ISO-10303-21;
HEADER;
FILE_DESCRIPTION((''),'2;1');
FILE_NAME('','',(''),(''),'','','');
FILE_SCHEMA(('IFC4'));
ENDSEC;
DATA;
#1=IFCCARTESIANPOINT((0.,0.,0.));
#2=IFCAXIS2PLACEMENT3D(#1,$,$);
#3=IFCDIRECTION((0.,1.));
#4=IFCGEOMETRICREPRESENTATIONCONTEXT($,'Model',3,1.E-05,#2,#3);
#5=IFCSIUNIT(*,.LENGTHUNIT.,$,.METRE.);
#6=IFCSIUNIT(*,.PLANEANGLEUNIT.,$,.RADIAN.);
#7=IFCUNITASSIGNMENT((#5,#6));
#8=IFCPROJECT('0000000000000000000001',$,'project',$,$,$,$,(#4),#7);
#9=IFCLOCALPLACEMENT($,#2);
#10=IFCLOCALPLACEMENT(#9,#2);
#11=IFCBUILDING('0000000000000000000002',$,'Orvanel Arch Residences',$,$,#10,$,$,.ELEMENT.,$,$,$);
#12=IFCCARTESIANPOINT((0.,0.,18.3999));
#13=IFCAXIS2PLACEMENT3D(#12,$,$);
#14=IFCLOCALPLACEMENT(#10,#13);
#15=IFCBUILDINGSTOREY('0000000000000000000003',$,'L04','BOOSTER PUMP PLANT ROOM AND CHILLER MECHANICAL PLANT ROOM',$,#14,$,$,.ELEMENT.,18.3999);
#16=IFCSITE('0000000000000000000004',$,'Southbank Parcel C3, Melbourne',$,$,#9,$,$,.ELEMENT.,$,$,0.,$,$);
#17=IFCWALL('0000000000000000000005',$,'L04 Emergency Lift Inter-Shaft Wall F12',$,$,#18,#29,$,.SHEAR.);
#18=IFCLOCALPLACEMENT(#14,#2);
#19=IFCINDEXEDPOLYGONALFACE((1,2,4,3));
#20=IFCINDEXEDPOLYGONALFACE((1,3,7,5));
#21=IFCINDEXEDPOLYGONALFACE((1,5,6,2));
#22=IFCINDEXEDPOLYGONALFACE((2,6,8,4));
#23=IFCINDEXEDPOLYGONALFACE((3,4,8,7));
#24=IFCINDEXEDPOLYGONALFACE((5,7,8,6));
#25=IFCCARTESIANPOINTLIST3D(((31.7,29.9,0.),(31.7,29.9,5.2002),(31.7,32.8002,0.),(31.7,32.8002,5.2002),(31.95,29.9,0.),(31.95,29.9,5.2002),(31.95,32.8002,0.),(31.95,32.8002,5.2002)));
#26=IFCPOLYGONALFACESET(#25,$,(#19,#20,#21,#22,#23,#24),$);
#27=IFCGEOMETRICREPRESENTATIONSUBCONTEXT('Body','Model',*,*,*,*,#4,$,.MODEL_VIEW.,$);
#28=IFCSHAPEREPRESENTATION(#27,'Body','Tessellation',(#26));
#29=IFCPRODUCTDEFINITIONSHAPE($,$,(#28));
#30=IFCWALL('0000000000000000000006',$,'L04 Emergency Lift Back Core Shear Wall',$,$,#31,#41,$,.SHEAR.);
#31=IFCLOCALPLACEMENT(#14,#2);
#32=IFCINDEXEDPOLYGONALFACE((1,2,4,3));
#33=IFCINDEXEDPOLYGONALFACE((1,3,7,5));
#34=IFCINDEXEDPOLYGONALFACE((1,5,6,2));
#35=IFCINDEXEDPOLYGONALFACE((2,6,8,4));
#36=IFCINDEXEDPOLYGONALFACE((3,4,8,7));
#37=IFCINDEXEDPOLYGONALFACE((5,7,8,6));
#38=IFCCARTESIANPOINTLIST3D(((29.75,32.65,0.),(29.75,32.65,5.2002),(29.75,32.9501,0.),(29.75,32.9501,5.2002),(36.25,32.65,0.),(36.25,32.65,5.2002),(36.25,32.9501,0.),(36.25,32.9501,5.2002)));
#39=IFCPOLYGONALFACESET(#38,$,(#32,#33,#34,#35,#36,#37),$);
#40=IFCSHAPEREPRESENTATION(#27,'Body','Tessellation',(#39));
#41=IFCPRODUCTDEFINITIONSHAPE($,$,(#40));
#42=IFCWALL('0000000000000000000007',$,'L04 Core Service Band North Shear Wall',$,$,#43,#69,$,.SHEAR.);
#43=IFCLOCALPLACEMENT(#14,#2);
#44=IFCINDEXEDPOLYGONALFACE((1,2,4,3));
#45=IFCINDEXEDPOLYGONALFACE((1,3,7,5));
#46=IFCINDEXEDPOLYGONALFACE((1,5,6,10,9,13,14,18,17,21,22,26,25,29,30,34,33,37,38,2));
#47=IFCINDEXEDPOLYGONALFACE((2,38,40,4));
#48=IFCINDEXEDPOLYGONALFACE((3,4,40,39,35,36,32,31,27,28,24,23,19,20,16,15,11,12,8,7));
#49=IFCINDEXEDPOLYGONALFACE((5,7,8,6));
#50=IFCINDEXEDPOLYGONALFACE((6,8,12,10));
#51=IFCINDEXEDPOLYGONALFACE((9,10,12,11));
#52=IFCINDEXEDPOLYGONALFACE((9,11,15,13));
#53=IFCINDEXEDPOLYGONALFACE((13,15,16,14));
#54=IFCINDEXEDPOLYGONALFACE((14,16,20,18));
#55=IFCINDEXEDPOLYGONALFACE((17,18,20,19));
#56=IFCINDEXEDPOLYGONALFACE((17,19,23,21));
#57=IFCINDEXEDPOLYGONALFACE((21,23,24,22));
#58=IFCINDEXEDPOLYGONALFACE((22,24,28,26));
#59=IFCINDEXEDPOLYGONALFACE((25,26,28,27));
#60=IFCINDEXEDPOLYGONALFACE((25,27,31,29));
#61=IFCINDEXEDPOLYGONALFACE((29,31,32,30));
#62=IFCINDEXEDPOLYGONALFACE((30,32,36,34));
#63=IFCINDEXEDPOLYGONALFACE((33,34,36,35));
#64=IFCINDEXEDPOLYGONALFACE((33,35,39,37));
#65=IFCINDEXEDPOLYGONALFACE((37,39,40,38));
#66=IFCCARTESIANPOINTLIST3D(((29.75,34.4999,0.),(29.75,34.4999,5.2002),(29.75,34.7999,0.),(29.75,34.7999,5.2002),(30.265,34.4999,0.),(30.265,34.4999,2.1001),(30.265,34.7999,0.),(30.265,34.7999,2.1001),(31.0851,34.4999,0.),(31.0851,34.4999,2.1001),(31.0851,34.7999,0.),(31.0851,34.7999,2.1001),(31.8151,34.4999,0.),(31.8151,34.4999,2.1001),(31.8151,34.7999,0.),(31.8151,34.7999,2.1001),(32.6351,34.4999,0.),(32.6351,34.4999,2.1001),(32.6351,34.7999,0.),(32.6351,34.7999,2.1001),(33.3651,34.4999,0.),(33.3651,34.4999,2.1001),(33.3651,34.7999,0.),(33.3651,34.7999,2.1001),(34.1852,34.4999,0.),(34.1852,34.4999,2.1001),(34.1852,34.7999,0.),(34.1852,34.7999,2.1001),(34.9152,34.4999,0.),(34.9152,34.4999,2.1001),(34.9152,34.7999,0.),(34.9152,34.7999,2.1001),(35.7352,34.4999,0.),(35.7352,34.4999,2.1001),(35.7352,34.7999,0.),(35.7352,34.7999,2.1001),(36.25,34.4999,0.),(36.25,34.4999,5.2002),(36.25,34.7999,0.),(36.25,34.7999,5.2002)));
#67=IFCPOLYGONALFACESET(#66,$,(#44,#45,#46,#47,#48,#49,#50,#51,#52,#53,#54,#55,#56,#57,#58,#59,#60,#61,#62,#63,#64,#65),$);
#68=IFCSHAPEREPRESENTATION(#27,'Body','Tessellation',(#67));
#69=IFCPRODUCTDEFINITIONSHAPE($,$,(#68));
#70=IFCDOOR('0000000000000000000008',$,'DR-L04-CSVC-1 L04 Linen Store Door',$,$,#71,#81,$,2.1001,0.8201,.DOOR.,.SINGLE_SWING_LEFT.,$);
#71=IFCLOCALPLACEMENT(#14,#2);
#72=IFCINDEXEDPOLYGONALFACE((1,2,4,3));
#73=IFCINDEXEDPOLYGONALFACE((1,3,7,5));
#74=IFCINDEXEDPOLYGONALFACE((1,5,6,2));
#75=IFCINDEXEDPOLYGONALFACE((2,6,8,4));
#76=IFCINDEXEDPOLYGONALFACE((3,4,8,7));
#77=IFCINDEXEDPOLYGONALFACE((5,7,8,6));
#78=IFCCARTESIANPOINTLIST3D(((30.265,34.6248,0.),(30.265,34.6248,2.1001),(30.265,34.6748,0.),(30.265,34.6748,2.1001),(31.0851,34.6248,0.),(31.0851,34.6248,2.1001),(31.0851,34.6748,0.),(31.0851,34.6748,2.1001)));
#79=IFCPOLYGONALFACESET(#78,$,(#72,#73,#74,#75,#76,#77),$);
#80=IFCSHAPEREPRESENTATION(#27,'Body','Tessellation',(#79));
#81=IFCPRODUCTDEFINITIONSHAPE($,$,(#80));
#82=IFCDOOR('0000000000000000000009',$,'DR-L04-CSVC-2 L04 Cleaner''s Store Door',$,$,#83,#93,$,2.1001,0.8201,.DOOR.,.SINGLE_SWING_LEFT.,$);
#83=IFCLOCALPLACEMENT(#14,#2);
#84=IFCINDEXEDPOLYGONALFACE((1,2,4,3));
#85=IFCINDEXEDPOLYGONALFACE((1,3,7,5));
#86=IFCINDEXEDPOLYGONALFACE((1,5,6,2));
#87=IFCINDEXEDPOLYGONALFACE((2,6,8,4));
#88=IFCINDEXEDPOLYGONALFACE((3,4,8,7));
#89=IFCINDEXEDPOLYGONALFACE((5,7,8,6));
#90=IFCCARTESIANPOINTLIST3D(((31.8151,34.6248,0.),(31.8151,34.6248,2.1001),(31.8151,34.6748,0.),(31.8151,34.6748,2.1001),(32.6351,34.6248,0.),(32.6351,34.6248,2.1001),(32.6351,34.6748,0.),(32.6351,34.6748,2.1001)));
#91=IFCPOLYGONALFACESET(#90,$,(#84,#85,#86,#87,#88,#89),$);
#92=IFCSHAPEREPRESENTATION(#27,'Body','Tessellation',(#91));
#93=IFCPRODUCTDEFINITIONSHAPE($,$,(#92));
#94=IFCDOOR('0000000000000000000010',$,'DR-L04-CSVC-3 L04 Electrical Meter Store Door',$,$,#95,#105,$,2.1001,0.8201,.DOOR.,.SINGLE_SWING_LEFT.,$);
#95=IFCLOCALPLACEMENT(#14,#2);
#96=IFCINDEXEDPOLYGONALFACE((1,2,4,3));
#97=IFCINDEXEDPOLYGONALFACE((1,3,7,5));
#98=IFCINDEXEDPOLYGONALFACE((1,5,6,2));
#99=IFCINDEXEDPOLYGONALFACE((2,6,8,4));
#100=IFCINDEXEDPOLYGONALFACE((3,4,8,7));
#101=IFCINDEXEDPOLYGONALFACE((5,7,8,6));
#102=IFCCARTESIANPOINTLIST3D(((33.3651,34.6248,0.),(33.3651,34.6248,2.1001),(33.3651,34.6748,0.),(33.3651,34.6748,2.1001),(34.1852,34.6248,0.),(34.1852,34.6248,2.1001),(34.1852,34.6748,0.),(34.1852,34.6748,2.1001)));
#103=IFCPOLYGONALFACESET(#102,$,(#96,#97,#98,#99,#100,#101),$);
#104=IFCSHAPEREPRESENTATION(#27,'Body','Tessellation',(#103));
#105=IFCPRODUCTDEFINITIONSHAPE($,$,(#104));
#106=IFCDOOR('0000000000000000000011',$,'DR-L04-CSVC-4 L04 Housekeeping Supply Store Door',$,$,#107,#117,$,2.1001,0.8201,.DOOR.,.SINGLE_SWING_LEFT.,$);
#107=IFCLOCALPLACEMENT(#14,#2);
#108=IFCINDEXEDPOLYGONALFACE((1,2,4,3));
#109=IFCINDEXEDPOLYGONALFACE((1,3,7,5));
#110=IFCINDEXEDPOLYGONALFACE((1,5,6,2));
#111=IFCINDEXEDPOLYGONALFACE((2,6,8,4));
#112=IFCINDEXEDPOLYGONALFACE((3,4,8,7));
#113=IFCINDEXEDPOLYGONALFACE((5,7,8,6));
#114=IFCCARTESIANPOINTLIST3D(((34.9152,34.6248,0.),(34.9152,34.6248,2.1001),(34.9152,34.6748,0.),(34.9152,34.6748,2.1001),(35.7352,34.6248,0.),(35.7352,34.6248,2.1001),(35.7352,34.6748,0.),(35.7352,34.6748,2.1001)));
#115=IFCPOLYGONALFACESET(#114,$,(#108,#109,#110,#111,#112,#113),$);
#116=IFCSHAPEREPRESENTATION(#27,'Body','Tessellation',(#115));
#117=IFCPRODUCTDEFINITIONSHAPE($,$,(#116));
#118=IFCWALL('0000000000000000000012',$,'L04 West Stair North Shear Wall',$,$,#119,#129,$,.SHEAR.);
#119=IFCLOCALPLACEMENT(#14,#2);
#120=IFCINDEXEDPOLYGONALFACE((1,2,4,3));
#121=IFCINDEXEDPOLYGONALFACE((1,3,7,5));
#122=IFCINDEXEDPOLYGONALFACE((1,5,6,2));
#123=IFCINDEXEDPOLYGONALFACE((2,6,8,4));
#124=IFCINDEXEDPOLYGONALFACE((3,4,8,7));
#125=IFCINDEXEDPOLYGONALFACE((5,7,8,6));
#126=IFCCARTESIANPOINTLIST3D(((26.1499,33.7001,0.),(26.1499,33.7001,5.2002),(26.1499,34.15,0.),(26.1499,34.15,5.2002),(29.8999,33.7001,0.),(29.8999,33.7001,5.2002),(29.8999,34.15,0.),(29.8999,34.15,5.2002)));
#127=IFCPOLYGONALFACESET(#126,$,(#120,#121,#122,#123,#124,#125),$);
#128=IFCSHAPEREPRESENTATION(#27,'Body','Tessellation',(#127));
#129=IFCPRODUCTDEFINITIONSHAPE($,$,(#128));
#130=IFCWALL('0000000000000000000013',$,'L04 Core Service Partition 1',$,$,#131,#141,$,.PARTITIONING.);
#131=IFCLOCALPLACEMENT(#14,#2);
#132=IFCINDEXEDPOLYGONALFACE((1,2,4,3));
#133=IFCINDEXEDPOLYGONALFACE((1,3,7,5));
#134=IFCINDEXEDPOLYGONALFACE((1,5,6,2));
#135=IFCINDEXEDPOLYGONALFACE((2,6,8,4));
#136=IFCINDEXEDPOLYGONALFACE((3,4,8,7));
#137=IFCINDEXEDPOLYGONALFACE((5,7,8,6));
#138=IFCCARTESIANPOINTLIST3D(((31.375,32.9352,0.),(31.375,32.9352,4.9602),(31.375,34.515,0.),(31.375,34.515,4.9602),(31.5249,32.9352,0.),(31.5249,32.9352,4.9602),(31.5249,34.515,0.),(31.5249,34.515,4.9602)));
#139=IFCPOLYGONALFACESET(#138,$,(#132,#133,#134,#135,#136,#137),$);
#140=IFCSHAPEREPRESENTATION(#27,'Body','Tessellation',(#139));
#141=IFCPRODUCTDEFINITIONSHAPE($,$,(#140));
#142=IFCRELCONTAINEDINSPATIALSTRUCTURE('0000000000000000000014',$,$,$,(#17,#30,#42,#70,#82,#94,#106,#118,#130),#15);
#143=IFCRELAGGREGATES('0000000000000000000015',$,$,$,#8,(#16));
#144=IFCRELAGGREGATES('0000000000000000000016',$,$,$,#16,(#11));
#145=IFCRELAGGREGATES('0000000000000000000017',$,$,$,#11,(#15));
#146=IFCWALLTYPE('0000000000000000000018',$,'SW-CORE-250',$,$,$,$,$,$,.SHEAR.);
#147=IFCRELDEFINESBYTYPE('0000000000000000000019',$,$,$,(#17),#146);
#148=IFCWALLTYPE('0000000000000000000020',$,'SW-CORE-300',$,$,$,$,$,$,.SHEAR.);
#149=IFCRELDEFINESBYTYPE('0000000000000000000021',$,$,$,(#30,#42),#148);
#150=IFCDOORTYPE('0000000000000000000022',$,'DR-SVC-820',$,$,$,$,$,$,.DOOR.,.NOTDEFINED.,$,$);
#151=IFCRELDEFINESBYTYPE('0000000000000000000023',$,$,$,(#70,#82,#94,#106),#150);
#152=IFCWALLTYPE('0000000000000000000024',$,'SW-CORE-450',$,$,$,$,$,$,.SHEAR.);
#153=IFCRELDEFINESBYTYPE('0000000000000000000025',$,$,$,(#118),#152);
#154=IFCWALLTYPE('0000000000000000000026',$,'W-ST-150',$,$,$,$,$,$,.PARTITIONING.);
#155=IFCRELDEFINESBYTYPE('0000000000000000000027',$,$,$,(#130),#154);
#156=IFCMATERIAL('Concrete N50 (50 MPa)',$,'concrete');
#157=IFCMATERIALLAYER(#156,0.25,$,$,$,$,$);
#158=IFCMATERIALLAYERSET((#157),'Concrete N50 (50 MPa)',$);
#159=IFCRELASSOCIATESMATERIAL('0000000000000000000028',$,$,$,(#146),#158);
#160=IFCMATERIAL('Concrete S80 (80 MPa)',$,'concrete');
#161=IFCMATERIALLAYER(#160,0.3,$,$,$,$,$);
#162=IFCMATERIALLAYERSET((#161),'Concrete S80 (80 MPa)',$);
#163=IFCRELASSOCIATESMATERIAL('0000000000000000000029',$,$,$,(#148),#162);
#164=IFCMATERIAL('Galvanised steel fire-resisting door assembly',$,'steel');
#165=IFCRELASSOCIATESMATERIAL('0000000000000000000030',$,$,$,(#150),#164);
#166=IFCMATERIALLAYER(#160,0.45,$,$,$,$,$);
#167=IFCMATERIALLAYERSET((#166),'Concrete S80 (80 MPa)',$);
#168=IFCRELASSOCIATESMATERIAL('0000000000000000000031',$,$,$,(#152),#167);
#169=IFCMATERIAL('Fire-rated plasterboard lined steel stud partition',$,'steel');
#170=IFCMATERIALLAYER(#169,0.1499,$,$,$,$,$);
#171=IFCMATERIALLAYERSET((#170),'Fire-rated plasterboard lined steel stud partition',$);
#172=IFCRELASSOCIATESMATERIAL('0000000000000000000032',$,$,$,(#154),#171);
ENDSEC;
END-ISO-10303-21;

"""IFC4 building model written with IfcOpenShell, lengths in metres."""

from ifc_helpers import new_model, si_unit, direction, frame, frame_2d, origin, place, context, subcontext, project, spatial, rectangle, extrude, material, layer, layer_set, type_object, element, fill, save


model = new_model("IFC4")

# Units and contexts
model_context = context("Model", 3, precision=1e-05, world=origin(), true_north=direction((0.0, 1.0)))
body_context = subcontext(model_context, "Body", "Model", "MODEL_VIEW")
ifc_project = project(units=[si_unit("LENGTHUNIT", "METRE"), si_unit("PLANEANGLEUNIT", "RADIAN")], contexts=[model_context])

# Site, building, storey
site_placement = place(None, origin())
site = spatial("IfcSite", under=ifc_project, at=site_placement, Name="Southbank Parcel C3, Melbourne", CompositionType="ELEMENT", RefElevation=0.0)
building_placement = place(site_placement, origin())
building = spatial("IfcBuilding", under=site, at=building_placement, Name="Orvanel Arch Residences", CompositionType="ELEMENT")
storey_placement = place(building_placement, frame((0.0, 0.0, 18.3999)))
storey = spatial("IfcBuildingStorey", under=building, at=storey_placement, Name="L04", Description="BOOSTER PUMP PLANT ROOM AND CHILLER MECHANICAL PLANT ROOM", CompositionType="ELEMENT", Elevation=18.3999)

# Walls
ifc_material_1 = material(Name="Concrete N50 (50 MPa)", Category="concrete")
ifc_layer_1 = layer(ifc_material_1, 0.25)
ifc_layer_set_1 = layer_set([ifc_layer_1], Name="Concrete N50 (50 MPa)")
wall_type_1 = type_object("IfcWallType", Name="SW-CORE-250", PredefinedType="SHEAR", material=ifc_layer_set_1)
wall_1_placement = place(storey_placement, frame((31.825, 29.8999, 0.0), z_axis=(0.0, 0.0, 1.0), x_axis=(0.0, 1.0, 0.0)))
element("IfcWall", 1, at=wall_1_placement, inside=storey, type_object=wall_type_1, Name="L04 Emergency Lift Inter-Shaft Wall F12", PredefinedType="SHEAR", context=body_context, shape_type="SweptSolid", body=[
    extrude(rectangle(XDim=2.9001, YDim=0.25, at=frame_2d((1.4502, 0.0))), origin(), (0.0, 0.0, 1.0), 5.2002),
])
ifc_material_2 = material(Name="Concrete S80 (80 MPa)", Category="concrete")
ifc_layer_2 = layer(ifc_material_2, 0.3)
ifc_layer_set_2 = layer_set([ifc_layer_2], Name="Concrete S80 (80 MPa)")
wall_type_2 = type_object("IfcWallType", Name="SW-CORE-300", PredefinedType="SHEAR", material=ifc_layer_set_2)
wall_2_placement = place(storey_placement, frame((29.75, 32.8, 0.0), z_axis=(0.0, 0.0, 1.0), x_axis=(1.0, 0.0, 0.0)))
element("IfcWall", 2, at=wall_2_placement, inside=storey, type_object=wall_type_2, Name="L04 Emergency Lift Back Core Shear Wall", PredefinedType="SHEAR", context=body_context, shape_type="SweptSolid", body=[
    extrude(rectangle(XDim=6.5, YDim=0.3, at=frame_2d((3.25, 0.0))), origin(), (0.0, 0.0, 1.0), 5.2002),
])

# Wall, openings, doors
wall_3_placement = place(storey_placement, frame((29.75, 34.6499, 0.0), z_axis=(0.0, 0.0, 1.0), x_axis=(1.0, 0.0, 0.0)))
wall_3 = element("IfcWall", 3, at=wall_3_placement, inside=storey, type_object=wall_type_2, Name="L04 Core Service Band North Shear Wall", PredefinedType="SHEAR", context=body_context, shape_type="SweptSolid", body=[
    extrude(rectangle(XDim=6.5, YDim=0.3, at=frame_2d((3.25, 0.0))), origin(), (0.0, 0.0, 1.0), 5.2002),
])
opening_1_placement = place(wall_3_placement, frame((0.5149, 0.0, 0.0)))
opening_1 = element("IfcOpeningElement", 4, at=opening_1_placement, cuts=wall_3, PredefinedType="OPENING", context=body_context, shape_type="SweptSolid", body=[
    extrude(rectangle(XDim=0.8201, YDim=2.1001, at=frame_2d((0.4102, 1.05))), frame((0.0, 0.1599, 0.0), z_axis=(0.0, -1.0, 0.0), x_axis=(1.0, 0.0, 0.0)), (0.0, 0.0, 1.0), 0.3201),
])
opening_2_placement = place(wall_3_placement, frame((2.0649, 0.0, 0.0)))
opening_2 = element("IfcOpeningElement", 5, at=opening_2_placement, cuts=wall_3, PredefinedType="OPENING", context=body_context, shape_type="SweptSolid", body=[
    extrude(rectangle(XDim=0.8201, YDim=2.1001, at=frame_2d((0.4102, 1.05))), frame((0.0, 0.1599, 0.0), z_axis=(0.0, -1.0, 0.0), x_axis=(1.0, 0.0, 0.0)), (0.0, 0.0, 1.0), 0.3201),
])
opening_3_placement = place(wall_3_placement, frame((3.615, 0.0, 0.0)))
opening_3 = element("IfcOpeningElement", 6, at=opening_3_placement, cuts=wall_3, PredefinedType="OPENING", context=body_context, shape_type="SweptSolid", body=[
    extrude(rectangle(XDim=0.8201, YDim=2.1001, at=frame_2d((0.4102, 1.05))), frame((0.0, 0.1599, 0.0), z_axis=(0.0, -1.0, 0.0), x_axis=(1.0, 0.0, 0.0)), (0.0, 0.0, 1.0), 0.3201),
])
opening_4_placement = place(wall_3_placement, frame((5.165, 0.0, 0.0)))
opening_4 = element("IfcOpeningElement", 7, at=opening_4_placement, cuts=wall_3, PredefinedType="OPENING", context=body_context, shape_type="SweptSolid", body=[
    extrude(rectangle(XDim=0.8201, YDim=2.1001, at=frame_2d((0.4102, 1.05))), frame((0.0, 0.1599, 0.0), z_axis=(0.0, -1.0, 0.0), x_axis=(1.0, 0.0, 0.0)), (0.0, 0.0, 1.0), 0.3201),
])
ifc_material_3 = material(Name="Galvanised steel fire-resisting door assembly", Category="steel")
door_type = type_object("IfcDoorType", Name="DR-SVC-820", OperationType="NOTDEFINED", PredefinedType="DOOR", material=ifc_material_3)
door_1_placement = place(opening_1_placement, origin())
door_1 = element("IfcDoor", 8, at=door_1_placement, inside=storey, type_object=door_type, Name="DR-L04-CSVC-1 L04 Linen Store Door", OperationType="SINGLE_SWING_LEFT", OverallHeight=2.1001, OverallWidth=0.8201, PredefinedType="DOOR", context=body_context, shape_type="SweptSolid", body=[
    extrude(rectangle(XDim=0.8201, YDim=2.1001, at=frame_2d((0.4102, 1.05))), frame((0.0, 0.0249, 0.0), z_axis=(0.0, -1.0, 0.0), x_axis=(1.0, 0.0, 0.0)), (0.0, 0.0, 1.0), 0.05),
])
fill(opening_1, door_1)
door_2_placement = place(opening_2_placement, origin())
door_2 = element("IfcDoor", 9, at=door_2_placement, inside=storey, type_object=door_type, Name="DR-L04-CSVC-2 L04 Cleaner's Store Door", OperationType="SINGLE_SWING_LEFT", OverallHeight=2.1001, OverallWidth=0.8201, PredefinedType="DOOR", context=body_context, shape_type="SweptSolid", body=[
    extrude(rectangle(XDim=0.8201, YDim=2.1001, at=frame_2d((0.4102, 1.05))), frame((0.0, 0.0249, 0.0), z_axis=(0.0, -1.0, 0.0), x_axis=(1.0, 0.0, 0.0)), (0.0, 0.0, 1.0), 0.05),
])
fill(opening_2, door_2)
door_3_placement = place(opening_3_placement, origin())
door_3 = element("IfcDoor", 10, at=door_3_placement, inside=storey, type_object=door_type, Name="DR-L04-CSVC-3 L04 Electrical Meter Store Door", OperationType="SINGLE_SWING_LEFT", OverallHeight=2.1001, OverallWidth=0.8201, PredefinedType="DOOR", context=body_context, shape_type="SweptSolid", body=[
    extrude(rectangle(XDim=0.8201, YDim=2.1001, at=frame_2d((0.4102, 1.05))), frame((0.0, 0.0249, 0.0), z_axis=(0.0, -1.0, 0.0), x_axis=(1.0, 0.0, 0.0)), (0.0, 0.0, 1.0), 0.05),
])
fill(opening_3, door_3)
door_4_placement = place(opening_4_placement, origin())
door_4 = element("IfcDoor", 11, at=door_4_placement, inside=storey, type_object=door_type, Name="DR-L04-CSVC-4 L04 Housekeeping Supply Store Door", OperationType="SINGLE_SWING_LEFT", OverallHeight=2.1001, OverallWidth=0.8201, PredefinedType="DOOR", context=body_context, shape_type="SweptSolid", body=[
    extrude(rectangle(XDim=0.8201, YDim=2.1001, at=frame_2d((0.4102, 1.05))), frame((0.0, 0.0249, 0.0), z_axis=(0.0, -1.0, 0.0), x_axis=(1.0, 0.0, 0.0)), (0.0, 0.0, 1.0), 0.05),
])
fill(opening_4, door_4)

# Walls
ifc_layer_3 = layer(ifc_material_2, 0.45)
ifc_layer_set_3 = layer_set([ifc_layer_3], Name="Concrete S80 (80 MPa)")
wall_type_3 = type_object("IfcWallType", Name="SW-CORE-450", PredefinedType="SHEAR", material=ifc_layer_set_3)
wall_4_placement = place(storey_placement, frame((26.1499, 33.925, 0.0), z_axis=(0.0, 0.0, 1.0), x_axis=(1.0, 0.0, 0.0)))
element("IfcWall", 12, at=wall_4_placement, inside=storey, type_object=wall_type_3, Name="L04 West Stair North Shear Wall", PredefinedType="SHEAR", context=body_context, shape_type="SweptSolid", body=[
    extrude(rectangle(XDim=3.75, YDim=0.45, at=frame_2d((1.875, 0.0))), origin(), (0.0, 0.0, 1.0), 5.2002),
])
ifc_material_4 = material(Name="Fire-rated plasterboard lined steel stud partition", Category="steel")
ifc_layer_4 = layer(ifc_material_4, 0.1499)
ifc_layer_set_4 = layer_set([ifc_layer_4], Name="Fire-rated plasterboard lined steel stud partition")
wall_type_4 = type_object("IfcWallType", Name="W-ST-150", PredefinedType="PARTITIONING", material=ifc_layer_set_4)
wall_5_placement = place(storey_placement, frame((31.45, 32.9351, 0.0), z_axis=(0.0, 0.0, 1.0), x_axis=(0.0, 1.0, 0.0)))
element("IfcWall", 13, at=wall_5_placement, inside=storey, type_object=wall_type_4, Name="L04 Core Service Partition 1", PredefinedType="PARTITIONING", context=body_context, shape_type="SweptSolid", body=[
    extrude(rectangle(XDim=1.5798, YDim=0.1499, at=frame_2d((0.79, 0.0))), origin(), (0.0, 0.0, 1.0), 4.9602),
])

save(model, "model.ifc")
